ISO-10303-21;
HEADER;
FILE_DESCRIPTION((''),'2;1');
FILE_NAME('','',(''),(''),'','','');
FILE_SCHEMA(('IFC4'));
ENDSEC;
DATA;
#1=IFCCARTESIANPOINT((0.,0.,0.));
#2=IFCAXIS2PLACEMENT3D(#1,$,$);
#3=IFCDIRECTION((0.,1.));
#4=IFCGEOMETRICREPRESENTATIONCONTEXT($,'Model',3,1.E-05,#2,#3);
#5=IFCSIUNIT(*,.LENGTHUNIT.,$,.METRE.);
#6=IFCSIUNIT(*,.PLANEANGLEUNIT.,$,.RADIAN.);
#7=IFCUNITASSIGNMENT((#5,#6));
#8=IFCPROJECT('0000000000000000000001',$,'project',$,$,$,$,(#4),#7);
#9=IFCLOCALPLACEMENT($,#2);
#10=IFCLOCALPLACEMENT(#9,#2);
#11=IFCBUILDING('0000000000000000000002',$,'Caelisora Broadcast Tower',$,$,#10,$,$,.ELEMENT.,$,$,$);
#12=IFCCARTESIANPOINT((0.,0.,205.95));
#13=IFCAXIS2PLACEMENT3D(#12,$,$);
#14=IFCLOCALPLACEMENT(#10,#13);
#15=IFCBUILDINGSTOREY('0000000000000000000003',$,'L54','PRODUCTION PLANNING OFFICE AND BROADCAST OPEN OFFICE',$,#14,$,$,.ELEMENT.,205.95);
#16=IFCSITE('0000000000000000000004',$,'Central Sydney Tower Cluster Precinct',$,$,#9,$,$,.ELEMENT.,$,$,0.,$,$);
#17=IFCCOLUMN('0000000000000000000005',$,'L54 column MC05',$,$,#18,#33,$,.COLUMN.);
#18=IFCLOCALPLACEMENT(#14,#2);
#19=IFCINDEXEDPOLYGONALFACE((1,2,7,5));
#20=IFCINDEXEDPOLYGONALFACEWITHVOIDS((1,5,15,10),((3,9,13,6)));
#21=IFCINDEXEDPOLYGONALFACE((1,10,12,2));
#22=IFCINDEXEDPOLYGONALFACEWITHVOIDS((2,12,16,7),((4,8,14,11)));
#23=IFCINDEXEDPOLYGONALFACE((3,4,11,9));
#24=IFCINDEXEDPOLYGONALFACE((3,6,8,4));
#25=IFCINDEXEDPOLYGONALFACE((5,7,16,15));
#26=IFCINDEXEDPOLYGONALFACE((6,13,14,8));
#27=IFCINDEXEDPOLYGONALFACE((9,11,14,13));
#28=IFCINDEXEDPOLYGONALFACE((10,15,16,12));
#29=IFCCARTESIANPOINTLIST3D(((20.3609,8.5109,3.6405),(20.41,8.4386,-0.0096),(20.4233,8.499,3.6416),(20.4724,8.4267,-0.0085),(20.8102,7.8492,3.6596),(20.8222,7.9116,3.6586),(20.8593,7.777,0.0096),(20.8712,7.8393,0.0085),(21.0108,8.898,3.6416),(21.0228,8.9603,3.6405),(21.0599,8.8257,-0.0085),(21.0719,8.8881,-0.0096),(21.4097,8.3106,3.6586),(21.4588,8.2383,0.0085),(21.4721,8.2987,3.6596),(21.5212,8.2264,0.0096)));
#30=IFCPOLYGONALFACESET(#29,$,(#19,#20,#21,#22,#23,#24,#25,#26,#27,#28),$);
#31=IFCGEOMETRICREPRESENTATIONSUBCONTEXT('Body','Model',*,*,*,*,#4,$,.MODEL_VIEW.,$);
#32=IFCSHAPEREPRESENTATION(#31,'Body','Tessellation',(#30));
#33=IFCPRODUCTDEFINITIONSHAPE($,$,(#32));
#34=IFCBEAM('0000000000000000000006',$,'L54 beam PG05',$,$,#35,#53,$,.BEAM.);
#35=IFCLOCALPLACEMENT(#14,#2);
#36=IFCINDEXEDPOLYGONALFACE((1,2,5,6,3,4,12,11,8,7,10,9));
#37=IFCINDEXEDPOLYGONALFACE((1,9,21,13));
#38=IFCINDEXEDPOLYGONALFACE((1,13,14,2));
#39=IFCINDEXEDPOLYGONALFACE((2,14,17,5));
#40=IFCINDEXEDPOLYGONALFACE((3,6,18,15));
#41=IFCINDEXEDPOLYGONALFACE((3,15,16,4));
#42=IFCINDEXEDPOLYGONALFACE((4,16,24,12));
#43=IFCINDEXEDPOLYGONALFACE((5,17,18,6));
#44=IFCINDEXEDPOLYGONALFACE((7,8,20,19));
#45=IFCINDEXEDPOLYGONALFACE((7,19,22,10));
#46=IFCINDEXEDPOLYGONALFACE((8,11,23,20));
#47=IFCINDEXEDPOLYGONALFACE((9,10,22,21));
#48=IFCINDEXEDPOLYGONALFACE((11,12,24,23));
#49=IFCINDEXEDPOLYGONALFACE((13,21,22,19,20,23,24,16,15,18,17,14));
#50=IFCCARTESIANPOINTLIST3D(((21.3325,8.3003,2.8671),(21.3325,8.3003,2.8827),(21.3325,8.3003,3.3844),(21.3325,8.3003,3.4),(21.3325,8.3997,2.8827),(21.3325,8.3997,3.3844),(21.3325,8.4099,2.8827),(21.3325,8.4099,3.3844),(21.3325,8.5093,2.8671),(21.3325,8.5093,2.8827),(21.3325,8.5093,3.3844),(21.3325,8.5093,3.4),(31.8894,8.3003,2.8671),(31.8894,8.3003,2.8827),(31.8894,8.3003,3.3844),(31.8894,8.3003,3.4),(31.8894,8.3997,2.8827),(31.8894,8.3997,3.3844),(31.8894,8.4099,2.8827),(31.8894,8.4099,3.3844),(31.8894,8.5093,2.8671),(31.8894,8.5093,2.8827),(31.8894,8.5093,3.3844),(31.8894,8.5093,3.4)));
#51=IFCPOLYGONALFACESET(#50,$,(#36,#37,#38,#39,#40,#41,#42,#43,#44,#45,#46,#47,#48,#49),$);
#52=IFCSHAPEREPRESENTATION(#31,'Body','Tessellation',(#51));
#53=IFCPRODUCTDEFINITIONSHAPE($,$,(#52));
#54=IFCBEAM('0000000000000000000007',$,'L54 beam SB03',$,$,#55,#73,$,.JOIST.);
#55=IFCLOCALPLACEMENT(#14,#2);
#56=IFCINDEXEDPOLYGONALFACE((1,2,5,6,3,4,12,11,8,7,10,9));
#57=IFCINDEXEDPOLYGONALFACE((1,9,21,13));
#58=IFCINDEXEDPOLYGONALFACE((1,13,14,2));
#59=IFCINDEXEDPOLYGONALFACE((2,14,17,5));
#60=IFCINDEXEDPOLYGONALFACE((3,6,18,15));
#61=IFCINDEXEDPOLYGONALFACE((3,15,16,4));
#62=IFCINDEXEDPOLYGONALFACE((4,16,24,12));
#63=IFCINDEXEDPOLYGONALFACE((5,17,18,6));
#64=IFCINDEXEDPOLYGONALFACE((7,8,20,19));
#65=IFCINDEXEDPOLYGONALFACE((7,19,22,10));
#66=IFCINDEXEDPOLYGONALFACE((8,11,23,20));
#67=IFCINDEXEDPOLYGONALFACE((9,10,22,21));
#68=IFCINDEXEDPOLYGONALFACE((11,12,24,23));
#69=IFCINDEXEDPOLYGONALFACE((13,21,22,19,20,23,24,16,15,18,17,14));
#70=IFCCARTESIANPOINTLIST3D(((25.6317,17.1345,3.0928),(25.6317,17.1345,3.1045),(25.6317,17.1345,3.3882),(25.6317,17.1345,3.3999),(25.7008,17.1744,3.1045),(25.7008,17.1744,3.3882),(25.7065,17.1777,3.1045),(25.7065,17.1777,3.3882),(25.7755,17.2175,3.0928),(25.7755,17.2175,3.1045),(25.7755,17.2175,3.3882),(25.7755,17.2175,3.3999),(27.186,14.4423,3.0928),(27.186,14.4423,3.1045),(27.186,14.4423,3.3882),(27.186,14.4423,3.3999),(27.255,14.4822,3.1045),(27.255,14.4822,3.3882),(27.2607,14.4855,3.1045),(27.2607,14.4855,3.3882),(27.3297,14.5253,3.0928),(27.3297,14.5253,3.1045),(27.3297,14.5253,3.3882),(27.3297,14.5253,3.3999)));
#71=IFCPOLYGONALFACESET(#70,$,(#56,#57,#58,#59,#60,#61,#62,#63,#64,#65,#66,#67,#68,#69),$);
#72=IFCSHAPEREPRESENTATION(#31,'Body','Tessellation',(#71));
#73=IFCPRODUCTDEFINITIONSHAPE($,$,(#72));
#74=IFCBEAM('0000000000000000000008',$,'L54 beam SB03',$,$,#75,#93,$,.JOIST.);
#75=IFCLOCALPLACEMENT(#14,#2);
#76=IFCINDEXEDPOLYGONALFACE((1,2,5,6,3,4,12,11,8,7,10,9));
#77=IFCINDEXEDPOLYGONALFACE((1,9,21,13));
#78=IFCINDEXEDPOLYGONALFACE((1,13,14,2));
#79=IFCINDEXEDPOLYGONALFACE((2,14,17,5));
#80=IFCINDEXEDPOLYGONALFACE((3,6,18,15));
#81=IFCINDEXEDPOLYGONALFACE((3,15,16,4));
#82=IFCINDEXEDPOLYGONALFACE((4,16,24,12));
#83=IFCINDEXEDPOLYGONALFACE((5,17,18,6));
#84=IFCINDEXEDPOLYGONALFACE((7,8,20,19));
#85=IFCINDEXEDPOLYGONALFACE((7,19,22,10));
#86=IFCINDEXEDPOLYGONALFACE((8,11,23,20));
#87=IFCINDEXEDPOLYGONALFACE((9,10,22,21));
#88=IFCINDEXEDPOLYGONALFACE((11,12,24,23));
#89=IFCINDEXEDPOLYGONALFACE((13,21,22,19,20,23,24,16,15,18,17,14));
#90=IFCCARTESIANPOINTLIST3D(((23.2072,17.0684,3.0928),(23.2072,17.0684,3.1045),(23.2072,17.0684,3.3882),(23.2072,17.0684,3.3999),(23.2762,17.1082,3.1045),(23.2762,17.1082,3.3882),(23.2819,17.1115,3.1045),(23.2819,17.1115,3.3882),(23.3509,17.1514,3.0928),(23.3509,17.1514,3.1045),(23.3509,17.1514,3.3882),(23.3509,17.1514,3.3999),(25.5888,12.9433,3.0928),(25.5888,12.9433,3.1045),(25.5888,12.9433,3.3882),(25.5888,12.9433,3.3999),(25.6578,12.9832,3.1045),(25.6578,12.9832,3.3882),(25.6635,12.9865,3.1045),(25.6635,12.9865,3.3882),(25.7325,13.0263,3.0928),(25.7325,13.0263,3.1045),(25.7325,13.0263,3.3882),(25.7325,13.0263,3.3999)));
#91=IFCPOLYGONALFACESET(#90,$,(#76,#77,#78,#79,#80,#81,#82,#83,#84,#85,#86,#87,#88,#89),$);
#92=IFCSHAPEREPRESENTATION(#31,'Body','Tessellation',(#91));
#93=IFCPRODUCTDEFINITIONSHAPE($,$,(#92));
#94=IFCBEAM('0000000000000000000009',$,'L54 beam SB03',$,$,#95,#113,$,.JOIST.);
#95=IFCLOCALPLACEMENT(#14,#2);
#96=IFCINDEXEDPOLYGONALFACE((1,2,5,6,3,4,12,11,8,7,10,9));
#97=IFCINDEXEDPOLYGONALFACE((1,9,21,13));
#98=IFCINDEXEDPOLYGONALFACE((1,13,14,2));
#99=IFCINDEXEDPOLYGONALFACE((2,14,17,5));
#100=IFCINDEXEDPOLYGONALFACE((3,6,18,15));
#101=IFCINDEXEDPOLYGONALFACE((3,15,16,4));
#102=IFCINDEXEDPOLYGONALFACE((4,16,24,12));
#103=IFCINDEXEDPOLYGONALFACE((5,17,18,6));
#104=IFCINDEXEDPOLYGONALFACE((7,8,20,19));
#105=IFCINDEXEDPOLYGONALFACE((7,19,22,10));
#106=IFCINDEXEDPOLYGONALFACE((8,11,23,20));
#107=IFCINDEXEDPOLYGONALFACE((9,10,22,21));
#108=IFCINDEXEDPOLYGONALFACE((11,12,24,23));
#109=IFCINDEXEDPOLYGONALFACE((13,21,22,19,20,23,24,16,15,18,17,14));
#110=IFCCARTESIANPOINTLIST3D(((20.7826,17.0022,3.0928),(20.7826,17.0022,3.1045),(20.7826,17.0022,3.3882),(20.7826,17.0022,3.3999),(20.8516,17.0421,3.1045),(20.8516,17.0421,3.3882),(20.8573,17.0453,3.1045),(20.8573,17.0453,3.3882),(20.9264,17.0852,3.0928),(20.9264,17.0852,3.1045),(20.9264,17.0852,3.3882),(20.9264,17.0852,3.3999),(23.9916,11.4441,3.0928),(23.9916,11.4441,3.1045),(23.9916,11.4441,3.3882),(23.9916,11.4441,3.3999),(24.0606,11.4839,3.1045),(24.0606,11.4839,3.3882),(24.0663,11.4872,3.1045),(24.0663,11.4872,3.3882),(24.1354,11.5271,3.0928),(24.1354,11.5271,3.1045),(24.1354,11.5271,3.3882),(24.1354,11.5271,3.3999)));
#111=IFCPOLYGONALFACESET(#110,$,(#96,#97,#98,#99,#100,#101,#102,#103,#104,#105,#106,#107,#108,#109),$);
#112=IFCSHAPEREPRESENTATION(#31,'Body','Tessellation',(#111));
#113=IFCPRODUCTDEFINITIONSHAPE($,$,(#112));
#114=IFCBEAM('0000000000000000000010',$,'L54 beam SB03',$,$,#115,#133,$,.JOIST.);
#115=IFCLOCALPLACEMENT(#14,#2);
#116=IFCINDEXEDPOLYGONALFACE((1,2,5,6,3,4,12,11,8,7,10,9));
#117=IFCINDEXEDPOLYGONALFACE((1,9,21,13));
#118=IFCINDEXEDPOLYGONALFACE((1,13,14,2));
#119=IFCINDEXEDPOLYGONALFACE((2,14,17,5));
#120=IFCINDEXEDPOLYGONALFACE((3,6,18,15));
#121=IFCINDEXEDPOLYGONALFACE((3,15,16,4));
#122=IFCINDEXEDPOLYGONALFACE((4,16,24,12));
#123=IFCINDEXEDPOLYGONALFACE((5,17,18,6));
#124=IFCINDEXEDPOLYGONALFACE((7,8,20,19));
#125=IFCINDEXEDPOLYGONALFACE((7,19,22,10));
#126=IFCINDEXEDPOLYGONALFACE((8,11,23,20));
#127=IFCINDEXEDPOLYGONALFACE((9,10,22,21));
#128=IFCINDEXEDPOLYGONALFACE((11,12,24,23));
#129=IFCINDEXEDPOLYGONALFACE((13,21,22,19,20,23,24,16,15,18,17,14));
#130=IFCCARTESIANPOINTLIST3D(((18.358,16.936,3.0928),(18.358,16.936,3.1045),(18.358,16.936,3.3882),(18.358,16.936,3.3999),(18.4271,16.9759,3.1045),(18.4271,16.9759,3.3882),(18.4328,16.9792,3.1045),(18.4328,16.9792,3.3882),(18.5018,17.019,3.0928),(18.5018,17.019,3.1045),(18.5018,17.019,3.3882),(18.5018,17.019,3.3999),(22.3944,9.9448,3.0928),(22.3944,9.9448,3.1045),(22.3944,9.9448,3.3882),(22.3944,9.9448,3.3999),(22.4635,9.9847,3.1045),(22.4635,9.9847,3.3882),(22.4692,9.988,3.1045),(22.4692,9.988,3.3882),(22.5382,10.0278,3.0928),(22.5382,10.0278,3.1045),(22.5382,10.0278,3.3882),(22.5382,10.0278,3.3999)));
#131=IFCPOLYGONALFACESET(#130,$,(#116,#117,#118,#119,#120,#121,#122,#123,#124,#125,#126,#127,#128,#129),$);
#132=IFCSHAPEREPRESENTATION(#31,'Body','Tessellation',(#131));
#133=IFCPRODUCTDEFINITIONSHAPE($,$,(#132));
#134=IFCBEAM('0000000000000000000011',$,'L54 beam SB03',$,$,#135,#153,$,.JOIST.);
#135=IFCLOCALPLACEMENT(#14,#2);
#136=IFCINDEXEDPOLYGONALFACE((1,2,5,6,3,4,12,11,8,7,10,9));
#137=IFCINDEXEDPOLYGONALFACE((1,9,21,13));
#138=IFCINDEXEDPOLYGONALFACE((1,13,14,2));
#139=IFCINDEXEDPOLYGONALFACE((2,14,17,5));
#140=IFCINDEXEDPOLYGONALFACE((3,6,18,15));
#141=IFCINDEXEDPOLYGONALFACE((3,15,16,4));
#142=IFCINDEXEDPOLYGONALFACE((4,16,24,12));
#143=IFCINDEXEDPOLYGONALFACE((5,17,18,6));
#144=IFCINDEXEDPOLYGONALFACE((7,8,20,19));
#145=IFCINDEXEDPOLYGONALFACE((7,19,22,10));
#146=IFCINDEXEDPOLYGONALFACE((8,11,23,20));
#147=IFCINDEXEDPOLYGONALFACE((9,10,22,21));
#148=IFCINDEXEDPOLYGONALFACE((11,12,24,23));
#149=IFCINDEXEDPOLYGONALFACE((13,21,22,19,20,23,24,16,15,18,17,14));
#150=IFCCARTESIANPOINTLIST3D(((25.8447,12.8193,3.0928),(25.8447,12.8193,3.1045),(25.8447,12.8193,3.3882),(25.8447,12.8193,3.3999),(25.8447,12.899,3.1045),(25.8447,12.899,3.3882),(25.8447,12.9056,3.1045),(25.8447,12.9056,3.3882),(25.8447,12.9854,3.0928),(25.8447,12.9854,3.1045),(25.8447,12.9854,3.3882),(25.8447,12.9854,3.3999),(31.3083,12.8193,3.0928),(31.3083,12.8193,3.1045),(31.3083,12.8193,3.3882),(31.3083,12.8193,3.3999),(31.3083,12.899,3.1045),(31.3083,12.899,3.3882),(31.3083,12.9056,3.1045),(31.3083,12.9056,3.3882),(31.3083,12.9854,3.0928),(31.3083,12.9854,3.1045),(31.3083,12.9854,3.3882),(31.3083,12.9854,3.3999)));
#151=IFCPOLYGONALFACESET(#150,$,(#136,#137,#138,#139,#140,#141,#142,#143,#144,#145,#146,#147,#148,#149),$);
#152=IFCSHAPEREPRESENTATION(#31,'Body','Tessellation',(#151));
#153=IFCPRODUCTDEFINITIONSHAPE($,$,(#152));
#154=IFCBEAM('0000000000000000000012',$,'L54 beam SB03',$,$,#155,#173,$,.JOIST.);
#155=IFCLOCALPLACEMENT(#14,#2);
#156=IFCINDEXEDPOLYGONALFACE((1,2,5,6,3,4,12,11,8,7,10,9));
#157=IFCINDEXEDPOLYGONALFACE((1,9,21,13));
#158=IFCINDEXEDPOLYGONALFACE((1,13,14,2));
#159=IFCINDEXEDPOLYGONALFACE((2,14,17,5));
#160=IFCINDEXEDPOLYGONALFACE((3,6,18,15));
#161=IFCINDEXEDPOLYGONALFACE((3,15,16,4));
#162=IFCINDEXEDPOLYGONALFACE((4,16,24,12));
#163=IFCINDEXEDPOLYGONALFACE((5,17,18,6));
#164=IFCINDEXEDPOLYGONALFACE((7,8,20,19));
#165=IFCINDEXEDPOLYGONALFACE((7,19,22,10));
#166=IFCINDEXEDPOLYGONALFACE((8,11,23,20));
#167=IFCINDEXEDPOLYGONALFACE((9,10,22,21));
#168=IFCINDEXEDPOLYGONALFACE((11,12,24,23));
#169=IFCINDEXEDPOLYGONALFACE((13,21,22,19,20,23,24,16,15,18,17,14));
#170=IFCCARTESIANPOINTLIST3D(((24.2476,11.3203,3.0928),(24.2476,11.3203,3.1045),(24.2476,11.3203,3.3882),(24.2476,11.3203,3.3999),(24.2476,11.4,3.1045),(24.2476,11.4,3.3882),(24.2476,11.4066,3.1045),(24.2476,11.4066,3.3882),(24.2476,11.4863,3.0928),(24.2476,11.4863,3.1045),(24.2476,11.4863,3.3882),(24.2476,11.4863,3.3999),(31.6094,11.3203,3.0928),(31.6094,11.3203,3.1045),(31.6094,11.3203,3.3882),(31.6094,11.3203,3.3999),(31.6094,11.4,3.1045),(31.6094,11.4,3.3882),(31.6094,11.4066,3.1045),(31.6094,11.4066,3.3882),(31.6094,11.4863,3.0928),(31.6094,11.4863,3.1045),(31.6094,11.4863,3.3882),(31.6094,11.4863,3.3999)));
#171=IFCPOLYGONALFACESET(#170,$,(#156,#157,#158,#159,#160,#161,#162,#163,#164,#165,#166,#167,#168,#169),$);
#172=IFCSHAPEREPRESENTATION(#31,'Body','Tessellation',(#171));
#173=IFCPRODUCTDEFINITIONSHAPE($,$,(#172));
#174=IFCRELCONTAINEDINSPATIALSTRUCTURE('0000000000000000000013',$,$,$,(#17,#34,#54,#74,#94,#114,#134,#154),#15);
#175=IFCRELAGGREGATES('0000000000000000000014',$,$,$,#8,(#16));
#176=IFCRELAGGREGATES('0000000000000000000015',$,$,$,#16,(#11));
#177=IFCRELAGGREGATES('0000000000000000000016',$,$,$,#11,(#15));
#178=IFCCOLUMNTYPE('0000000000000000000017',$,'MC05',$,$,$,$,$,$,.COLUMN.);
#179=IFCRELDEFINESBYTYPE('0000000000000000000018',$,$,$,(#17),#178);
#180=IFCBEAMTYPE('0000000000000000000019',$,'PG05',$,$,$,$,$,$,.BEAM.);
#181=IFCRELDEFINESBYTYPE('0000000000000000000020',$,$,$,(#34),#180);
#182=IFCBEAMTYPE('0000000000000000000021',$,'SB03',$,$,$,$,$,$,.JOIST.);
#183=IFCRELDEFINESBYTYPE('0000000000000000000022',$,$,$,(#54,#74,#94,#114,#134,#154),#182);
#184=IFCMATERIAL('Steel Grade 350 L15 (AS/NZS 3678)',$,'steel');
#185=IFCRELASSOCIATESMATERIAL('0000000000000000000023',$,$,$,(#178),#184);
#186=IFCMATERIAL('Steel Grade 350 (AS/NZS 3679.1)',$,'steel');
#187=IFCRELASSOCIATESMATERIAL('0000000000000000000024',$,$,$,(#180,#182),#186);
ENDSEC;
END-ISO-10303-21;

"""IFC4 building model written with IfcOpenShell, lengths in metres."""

from ifc_helpers import new_model, si_unit, direction, frame, origin, origin_2d, place, context, subcontext, project, spatial, hollow_rectangle, i_section, extrude, source, transform, mapped, material, material_profile, profile_set, type_object, type_shapes, element, save


model = new_model("IFC4")

# Units and contexts
model_context = context("Model", 3, precision=1e-05, world=origin(), true_north=direction((0.0, 1.0)))
body_context = subcontext(model_context, "Body", "Model", "MODEL_VIEW")
ifc_project = project(units=[si_unit("LENGTHUNIT", "METRE"), si_unit("PLANEANGLEUNIT", "RADIAN")], contexts=[model_context])

# Site, building, storey
site_placement = place(None, origin())
site = spatial("IfcSite", under=ifc_project, at=site_placement, Name="Central Sydney Tower Cluster Precinct", CompositionType="ELEMENT", RefElevation=0.0)
building_placement = place(site_placement, origin())
building = spatial("IfcBuilding", under=site, at=building_placement, Name="Caelisora Broadcast Tower", CompositionType="ELEMENT")
storey_placement = place(building_placement, frame((0.0, 0.0, 205.95)))
storey = spatial("IfcBuildingStorey", under=building, at=storey_placement, Name="L54", Description="PRODUCTION PLANNING OFFICE AND BROADCAST OPEN OFFICE", CompositionType="ELEMENT", Elevation=205.95)

# Column
ifc_material_1 = material(Name="Steel Grade 350 L15 (AS/NZS 3678)", Category="steel")
ifc_material_profile_1 = material_profile(ifc_material_1, hollow_rectangle(XDim=0.8, YDim=0.8, WallThickness=0.0449, at=origin_2d()), Name="Steel Grade 350 L15 (AS/NZS 3678)")
ifc_profile_set_1 = profile_set([ifc_material_profile_1], Name="Steel Grade 350 L15 (AS/NZS 3678)")
column_type = type_object("IfcColumnType", Name="MC05", PredefinedType="COLUMN", material=ifc_profile_set_1)
shared_shape_1 = source(origin(), body_context, "Body", "SweptSolid", [
    extrude(hollow_rectangle(XDim=0.8, YDim=0.8, WallThickness=0.0449, at=origin_2d()), origin(), (0.0, 0.0, 1.0), 3.6511),
])
type_shapes(column_type, [shared_shape_1])
column_placement = place(storey_placement, frame((20.9656, 8.3325, 0.0), z_axis=(-0.01344, 0.019792, 0.999714), x_axis=(-0.82729, -0.561775, 0.0)))
element("IfcColumn", 1, at=column_placement, inside=storey, type_object=column_type, Name="L54 column MC05", PredefinedType="COLUMN", context=body_context, shape_type="MappedRepresentation", body=[
    mapped(shared_shape_1, transform((0.0, 0.0, 0.0), scale=1.0)),
])

# Beams
ifc_material_2 = material(Name="Steel Grade 350 (AS/NZS 3679.1)", Category="steel")
ifc_material_profile_2 = material_profile(ifc_material_2, i_section(OverallWidth=0.209, OverallDepth=0.533, WebThickness=0.0103, FlangeThickness=0.0156, at=origin_2d()), Name="Steel Grade 350 (AS/NZS 3679.1)")
ifc_profile_set_2 = profile_set([ifc_material_profile_2], Name="Steel Grade 350 (AS/NZS 3679.1)")
beam_type_1 = type_object("IfcBeamType", Name="PG05", PredefinedType="BEAM", material=ifc_profile_set_2)
shared_shape_2 = source(origin(), body_context, "Body", "SweptSolid", [
    extrude(i_section(OverallWidth=0.209, OverallDepth=0.533, WebThickness=0.0103, FlangeThickness=0.0156, at=origin_2d()), origin(), (0.0, 0.0, 1.0), 10.5569),
])
type_shapes(beam_type_1, [shared_shape_2])
beam_1_placement = place(storey_placement, frame((21.3325, 8.4048, 3.1335), z_axis=(1.0, 0.0, 0.0), x_axis=(0.0, 1.0, 0.0)))
element("IfcBeam", 2, at=beam_1_placement, inside=storey, type_object=beam_type_1, Name="L54 beam PG05", PredefinedType="BEAM", context=body_context, shape_type="MappedRepresentation", body=[
    mapped(shared_shape_2, transform((0.0, 0.0, 0.0), scale=1.0)),
])
ifc_material_profile_3 = material_profile(ifc_material_2, i_section(OverallWidth=0.166, OverallDepth=0.3071, WebThickness=0.0066, FlangeThickness=0.0117, at=origin_2d()), Name="Steel Grade 350 (AS/NZS 3679.1)")
ifc_profile_set_3 = profile_set([ifc_material_profile_3], Name="Steel Grade 350 (AS/NZS 3679.1)")
beam_type_2 = type_object("IfcBeamType", Name="SB03", PredefinedType="JOIST", material=ifc_profile_set_3)
shared_shape_3 = source(origin(), body_context, "Body", "SweptSolid", [
    extrude(i_section(OverallWidth=0.166, OverallDepth=0.3071, WebThickness=0.0066, FlangeThickness=0.0117, at=origin_2d()), origin(), (0.0, 0.0, 1.0), 3.1086),
])
beam_2_placement = place(storey_placement, frame((25.7036, 17.176, 3.2463), z_axis=(0.499974, -0.86604, 0.0), x_axis=(0.86604, 0.499974, 0.0)))
element("IfcBeam", 3, at=beam_2_placement, inside=storey, type_object=beam_type_2, Name="L54 beam SB03", PredefinedType="JOIST", context=body_context, shape_type="MappedRepresentation", body=[
    mapped(shared_shape_3, transform((0.0, 0.0, 0.0), scale=1.0)),
])
shared_shape_4 = source(origin(), body_context, "Body", "SweptSolid", [
    extrude(i_section(OverallWidth=0.166, OverallDepth=0.3071, WebThickness=0.0066, FlangeThickness=0.0117, at=origin_2d()), origin(), (0.0, 0.0, 1.0), 4.7632),
])
beam_3_placement = place(storey_placement, frame((23.2791, 17.1099, 3.2463), z_axis=(0.500003, -0.866023, 0.0), x_axis=(0.866023, 0.500003, 0.0)))
element("IfcBeam", 4, at=beam_3_placement, inside=storey, type_object=beam_type_2, Name="L54 beam SB03", PredefinedType="JOIST", context=body_context, shape_type="MappedRepresentation", body=[
    mapped(shared_shape_4, transform((0.0, 0.0, 0.0), scale=1.0)),
])
shared_shape_5 = source(origin(), body_context, "Body", "SweptSolid", [
    extrude(i_section(OverallWidth=0.166, OverallDepth=0.3071, WebThickness=0.0066, FlangeThickness=0.0117, at=origin_2d()), origin(), (0.0, 0.0, 1.0), 6.418),
])
beam_4_placement = place(storey_placement, frame((20.8545, 17.0437, 3.2463), z_axis=(0.500001, -0.866025, 0.0), x_axis=(0.866025, 0.500001, 0.0)))
element("IfcBeam", 5, at=beam_4_placement, inside=storey, type_object=beam_type_2, Name="L54 beam SB03", PredefinedType="JOIST", context=body_context, shape_type="MappedRepresentation", body=[
    mapped(shared_shape_5, transform((0.0, 0.0, 0.0), scale=1.0)),
])
shared_shape_6 = source(origin(), body_context, "Body", "SweptSolid", [
    extrude(i_section(OverallWidth=0.166, OverallDepth=0.3071, WebThickness=0.0066, FlangeThickness=0.0117, at=origin_2d()), origin(), (0.0, 0.0, 1.0), 8.0728),
])
beam_5_placement = place(storey_placement, frame((18.4299, 16.9775, 3.2463), z_axis=(0.5, -0.866025, 0.0), x_axis=(0.866025, 0.5, 0.0)))
element("IfcBeam", 6, at=beam_5_placement, inside=storey, type_object=beam_type_2, Name="L54 beam SB03", PredefinedType="JOIST", context=body_context, shape_type="MappedRepresentation", body=[
    mapped(shared_shape_6, transform((0.0, 0.0, 0.0), scale=1.0)),
])
shared_shape_7 = source(origin(), body_context, "Body", "SweptSolid", [
    extrude(i_section(OverallWidth=0.166, OverallDepth=0.3071, WebThickness=0.0066, FlangeThickness=0.0117, at=origin_2d()), origin(), (0.0, 0.0, 1.0), 5.4636),
])
beam_6_placement = place(storey_placement, frame((25.8447, 12.9023, 3.2463), z_axis=(1.0, 0.0, 0.0), x_axis=(0.0, 1.0, 0.0)))
element("IfcBeam", 7, at=beam_6_placement, inside=storey, type_object=beam_type_2, Name="L54 beam SB03", PredefinedType="JOIST", context=body_context, shape_type="MappedRepresentation", body=[
    mapped(shared_shape_7, transform((0.0, 0.0, 0.0), scale=1.0)),
])
shared_shape_8 = source(origin(), body_context, "Body", "SweptSolid", [
    extrude(i_section(OverallWidth=0.166, OverallDepth=0.3071, WebThickness=0.0066, FlangeThickness=0.0117, at=origin_2d()), origin(), (0.0, 0.0, 1.0), 7.3618),
])
beam_7_placement = place(storey_placement, frame((24.2476, 11.4033, 3.2463), z_axis=(1.0, 0.0, 0.0), x_axis=(0.0, 1.0, 0.0)))
element("IfcBeam", 8, at=beam_7_placement, inside=storey, type_object=beam_type_2, Name="L54 beam SB03", PredefinedType="JOIST", context=body_context, shape_type="MappedRepresentation", body=[
    mapped(shared_shape_8, transform((0.0, 0.0, 0.0), scale=1.0)),
])

save(model, "model.ifc")
